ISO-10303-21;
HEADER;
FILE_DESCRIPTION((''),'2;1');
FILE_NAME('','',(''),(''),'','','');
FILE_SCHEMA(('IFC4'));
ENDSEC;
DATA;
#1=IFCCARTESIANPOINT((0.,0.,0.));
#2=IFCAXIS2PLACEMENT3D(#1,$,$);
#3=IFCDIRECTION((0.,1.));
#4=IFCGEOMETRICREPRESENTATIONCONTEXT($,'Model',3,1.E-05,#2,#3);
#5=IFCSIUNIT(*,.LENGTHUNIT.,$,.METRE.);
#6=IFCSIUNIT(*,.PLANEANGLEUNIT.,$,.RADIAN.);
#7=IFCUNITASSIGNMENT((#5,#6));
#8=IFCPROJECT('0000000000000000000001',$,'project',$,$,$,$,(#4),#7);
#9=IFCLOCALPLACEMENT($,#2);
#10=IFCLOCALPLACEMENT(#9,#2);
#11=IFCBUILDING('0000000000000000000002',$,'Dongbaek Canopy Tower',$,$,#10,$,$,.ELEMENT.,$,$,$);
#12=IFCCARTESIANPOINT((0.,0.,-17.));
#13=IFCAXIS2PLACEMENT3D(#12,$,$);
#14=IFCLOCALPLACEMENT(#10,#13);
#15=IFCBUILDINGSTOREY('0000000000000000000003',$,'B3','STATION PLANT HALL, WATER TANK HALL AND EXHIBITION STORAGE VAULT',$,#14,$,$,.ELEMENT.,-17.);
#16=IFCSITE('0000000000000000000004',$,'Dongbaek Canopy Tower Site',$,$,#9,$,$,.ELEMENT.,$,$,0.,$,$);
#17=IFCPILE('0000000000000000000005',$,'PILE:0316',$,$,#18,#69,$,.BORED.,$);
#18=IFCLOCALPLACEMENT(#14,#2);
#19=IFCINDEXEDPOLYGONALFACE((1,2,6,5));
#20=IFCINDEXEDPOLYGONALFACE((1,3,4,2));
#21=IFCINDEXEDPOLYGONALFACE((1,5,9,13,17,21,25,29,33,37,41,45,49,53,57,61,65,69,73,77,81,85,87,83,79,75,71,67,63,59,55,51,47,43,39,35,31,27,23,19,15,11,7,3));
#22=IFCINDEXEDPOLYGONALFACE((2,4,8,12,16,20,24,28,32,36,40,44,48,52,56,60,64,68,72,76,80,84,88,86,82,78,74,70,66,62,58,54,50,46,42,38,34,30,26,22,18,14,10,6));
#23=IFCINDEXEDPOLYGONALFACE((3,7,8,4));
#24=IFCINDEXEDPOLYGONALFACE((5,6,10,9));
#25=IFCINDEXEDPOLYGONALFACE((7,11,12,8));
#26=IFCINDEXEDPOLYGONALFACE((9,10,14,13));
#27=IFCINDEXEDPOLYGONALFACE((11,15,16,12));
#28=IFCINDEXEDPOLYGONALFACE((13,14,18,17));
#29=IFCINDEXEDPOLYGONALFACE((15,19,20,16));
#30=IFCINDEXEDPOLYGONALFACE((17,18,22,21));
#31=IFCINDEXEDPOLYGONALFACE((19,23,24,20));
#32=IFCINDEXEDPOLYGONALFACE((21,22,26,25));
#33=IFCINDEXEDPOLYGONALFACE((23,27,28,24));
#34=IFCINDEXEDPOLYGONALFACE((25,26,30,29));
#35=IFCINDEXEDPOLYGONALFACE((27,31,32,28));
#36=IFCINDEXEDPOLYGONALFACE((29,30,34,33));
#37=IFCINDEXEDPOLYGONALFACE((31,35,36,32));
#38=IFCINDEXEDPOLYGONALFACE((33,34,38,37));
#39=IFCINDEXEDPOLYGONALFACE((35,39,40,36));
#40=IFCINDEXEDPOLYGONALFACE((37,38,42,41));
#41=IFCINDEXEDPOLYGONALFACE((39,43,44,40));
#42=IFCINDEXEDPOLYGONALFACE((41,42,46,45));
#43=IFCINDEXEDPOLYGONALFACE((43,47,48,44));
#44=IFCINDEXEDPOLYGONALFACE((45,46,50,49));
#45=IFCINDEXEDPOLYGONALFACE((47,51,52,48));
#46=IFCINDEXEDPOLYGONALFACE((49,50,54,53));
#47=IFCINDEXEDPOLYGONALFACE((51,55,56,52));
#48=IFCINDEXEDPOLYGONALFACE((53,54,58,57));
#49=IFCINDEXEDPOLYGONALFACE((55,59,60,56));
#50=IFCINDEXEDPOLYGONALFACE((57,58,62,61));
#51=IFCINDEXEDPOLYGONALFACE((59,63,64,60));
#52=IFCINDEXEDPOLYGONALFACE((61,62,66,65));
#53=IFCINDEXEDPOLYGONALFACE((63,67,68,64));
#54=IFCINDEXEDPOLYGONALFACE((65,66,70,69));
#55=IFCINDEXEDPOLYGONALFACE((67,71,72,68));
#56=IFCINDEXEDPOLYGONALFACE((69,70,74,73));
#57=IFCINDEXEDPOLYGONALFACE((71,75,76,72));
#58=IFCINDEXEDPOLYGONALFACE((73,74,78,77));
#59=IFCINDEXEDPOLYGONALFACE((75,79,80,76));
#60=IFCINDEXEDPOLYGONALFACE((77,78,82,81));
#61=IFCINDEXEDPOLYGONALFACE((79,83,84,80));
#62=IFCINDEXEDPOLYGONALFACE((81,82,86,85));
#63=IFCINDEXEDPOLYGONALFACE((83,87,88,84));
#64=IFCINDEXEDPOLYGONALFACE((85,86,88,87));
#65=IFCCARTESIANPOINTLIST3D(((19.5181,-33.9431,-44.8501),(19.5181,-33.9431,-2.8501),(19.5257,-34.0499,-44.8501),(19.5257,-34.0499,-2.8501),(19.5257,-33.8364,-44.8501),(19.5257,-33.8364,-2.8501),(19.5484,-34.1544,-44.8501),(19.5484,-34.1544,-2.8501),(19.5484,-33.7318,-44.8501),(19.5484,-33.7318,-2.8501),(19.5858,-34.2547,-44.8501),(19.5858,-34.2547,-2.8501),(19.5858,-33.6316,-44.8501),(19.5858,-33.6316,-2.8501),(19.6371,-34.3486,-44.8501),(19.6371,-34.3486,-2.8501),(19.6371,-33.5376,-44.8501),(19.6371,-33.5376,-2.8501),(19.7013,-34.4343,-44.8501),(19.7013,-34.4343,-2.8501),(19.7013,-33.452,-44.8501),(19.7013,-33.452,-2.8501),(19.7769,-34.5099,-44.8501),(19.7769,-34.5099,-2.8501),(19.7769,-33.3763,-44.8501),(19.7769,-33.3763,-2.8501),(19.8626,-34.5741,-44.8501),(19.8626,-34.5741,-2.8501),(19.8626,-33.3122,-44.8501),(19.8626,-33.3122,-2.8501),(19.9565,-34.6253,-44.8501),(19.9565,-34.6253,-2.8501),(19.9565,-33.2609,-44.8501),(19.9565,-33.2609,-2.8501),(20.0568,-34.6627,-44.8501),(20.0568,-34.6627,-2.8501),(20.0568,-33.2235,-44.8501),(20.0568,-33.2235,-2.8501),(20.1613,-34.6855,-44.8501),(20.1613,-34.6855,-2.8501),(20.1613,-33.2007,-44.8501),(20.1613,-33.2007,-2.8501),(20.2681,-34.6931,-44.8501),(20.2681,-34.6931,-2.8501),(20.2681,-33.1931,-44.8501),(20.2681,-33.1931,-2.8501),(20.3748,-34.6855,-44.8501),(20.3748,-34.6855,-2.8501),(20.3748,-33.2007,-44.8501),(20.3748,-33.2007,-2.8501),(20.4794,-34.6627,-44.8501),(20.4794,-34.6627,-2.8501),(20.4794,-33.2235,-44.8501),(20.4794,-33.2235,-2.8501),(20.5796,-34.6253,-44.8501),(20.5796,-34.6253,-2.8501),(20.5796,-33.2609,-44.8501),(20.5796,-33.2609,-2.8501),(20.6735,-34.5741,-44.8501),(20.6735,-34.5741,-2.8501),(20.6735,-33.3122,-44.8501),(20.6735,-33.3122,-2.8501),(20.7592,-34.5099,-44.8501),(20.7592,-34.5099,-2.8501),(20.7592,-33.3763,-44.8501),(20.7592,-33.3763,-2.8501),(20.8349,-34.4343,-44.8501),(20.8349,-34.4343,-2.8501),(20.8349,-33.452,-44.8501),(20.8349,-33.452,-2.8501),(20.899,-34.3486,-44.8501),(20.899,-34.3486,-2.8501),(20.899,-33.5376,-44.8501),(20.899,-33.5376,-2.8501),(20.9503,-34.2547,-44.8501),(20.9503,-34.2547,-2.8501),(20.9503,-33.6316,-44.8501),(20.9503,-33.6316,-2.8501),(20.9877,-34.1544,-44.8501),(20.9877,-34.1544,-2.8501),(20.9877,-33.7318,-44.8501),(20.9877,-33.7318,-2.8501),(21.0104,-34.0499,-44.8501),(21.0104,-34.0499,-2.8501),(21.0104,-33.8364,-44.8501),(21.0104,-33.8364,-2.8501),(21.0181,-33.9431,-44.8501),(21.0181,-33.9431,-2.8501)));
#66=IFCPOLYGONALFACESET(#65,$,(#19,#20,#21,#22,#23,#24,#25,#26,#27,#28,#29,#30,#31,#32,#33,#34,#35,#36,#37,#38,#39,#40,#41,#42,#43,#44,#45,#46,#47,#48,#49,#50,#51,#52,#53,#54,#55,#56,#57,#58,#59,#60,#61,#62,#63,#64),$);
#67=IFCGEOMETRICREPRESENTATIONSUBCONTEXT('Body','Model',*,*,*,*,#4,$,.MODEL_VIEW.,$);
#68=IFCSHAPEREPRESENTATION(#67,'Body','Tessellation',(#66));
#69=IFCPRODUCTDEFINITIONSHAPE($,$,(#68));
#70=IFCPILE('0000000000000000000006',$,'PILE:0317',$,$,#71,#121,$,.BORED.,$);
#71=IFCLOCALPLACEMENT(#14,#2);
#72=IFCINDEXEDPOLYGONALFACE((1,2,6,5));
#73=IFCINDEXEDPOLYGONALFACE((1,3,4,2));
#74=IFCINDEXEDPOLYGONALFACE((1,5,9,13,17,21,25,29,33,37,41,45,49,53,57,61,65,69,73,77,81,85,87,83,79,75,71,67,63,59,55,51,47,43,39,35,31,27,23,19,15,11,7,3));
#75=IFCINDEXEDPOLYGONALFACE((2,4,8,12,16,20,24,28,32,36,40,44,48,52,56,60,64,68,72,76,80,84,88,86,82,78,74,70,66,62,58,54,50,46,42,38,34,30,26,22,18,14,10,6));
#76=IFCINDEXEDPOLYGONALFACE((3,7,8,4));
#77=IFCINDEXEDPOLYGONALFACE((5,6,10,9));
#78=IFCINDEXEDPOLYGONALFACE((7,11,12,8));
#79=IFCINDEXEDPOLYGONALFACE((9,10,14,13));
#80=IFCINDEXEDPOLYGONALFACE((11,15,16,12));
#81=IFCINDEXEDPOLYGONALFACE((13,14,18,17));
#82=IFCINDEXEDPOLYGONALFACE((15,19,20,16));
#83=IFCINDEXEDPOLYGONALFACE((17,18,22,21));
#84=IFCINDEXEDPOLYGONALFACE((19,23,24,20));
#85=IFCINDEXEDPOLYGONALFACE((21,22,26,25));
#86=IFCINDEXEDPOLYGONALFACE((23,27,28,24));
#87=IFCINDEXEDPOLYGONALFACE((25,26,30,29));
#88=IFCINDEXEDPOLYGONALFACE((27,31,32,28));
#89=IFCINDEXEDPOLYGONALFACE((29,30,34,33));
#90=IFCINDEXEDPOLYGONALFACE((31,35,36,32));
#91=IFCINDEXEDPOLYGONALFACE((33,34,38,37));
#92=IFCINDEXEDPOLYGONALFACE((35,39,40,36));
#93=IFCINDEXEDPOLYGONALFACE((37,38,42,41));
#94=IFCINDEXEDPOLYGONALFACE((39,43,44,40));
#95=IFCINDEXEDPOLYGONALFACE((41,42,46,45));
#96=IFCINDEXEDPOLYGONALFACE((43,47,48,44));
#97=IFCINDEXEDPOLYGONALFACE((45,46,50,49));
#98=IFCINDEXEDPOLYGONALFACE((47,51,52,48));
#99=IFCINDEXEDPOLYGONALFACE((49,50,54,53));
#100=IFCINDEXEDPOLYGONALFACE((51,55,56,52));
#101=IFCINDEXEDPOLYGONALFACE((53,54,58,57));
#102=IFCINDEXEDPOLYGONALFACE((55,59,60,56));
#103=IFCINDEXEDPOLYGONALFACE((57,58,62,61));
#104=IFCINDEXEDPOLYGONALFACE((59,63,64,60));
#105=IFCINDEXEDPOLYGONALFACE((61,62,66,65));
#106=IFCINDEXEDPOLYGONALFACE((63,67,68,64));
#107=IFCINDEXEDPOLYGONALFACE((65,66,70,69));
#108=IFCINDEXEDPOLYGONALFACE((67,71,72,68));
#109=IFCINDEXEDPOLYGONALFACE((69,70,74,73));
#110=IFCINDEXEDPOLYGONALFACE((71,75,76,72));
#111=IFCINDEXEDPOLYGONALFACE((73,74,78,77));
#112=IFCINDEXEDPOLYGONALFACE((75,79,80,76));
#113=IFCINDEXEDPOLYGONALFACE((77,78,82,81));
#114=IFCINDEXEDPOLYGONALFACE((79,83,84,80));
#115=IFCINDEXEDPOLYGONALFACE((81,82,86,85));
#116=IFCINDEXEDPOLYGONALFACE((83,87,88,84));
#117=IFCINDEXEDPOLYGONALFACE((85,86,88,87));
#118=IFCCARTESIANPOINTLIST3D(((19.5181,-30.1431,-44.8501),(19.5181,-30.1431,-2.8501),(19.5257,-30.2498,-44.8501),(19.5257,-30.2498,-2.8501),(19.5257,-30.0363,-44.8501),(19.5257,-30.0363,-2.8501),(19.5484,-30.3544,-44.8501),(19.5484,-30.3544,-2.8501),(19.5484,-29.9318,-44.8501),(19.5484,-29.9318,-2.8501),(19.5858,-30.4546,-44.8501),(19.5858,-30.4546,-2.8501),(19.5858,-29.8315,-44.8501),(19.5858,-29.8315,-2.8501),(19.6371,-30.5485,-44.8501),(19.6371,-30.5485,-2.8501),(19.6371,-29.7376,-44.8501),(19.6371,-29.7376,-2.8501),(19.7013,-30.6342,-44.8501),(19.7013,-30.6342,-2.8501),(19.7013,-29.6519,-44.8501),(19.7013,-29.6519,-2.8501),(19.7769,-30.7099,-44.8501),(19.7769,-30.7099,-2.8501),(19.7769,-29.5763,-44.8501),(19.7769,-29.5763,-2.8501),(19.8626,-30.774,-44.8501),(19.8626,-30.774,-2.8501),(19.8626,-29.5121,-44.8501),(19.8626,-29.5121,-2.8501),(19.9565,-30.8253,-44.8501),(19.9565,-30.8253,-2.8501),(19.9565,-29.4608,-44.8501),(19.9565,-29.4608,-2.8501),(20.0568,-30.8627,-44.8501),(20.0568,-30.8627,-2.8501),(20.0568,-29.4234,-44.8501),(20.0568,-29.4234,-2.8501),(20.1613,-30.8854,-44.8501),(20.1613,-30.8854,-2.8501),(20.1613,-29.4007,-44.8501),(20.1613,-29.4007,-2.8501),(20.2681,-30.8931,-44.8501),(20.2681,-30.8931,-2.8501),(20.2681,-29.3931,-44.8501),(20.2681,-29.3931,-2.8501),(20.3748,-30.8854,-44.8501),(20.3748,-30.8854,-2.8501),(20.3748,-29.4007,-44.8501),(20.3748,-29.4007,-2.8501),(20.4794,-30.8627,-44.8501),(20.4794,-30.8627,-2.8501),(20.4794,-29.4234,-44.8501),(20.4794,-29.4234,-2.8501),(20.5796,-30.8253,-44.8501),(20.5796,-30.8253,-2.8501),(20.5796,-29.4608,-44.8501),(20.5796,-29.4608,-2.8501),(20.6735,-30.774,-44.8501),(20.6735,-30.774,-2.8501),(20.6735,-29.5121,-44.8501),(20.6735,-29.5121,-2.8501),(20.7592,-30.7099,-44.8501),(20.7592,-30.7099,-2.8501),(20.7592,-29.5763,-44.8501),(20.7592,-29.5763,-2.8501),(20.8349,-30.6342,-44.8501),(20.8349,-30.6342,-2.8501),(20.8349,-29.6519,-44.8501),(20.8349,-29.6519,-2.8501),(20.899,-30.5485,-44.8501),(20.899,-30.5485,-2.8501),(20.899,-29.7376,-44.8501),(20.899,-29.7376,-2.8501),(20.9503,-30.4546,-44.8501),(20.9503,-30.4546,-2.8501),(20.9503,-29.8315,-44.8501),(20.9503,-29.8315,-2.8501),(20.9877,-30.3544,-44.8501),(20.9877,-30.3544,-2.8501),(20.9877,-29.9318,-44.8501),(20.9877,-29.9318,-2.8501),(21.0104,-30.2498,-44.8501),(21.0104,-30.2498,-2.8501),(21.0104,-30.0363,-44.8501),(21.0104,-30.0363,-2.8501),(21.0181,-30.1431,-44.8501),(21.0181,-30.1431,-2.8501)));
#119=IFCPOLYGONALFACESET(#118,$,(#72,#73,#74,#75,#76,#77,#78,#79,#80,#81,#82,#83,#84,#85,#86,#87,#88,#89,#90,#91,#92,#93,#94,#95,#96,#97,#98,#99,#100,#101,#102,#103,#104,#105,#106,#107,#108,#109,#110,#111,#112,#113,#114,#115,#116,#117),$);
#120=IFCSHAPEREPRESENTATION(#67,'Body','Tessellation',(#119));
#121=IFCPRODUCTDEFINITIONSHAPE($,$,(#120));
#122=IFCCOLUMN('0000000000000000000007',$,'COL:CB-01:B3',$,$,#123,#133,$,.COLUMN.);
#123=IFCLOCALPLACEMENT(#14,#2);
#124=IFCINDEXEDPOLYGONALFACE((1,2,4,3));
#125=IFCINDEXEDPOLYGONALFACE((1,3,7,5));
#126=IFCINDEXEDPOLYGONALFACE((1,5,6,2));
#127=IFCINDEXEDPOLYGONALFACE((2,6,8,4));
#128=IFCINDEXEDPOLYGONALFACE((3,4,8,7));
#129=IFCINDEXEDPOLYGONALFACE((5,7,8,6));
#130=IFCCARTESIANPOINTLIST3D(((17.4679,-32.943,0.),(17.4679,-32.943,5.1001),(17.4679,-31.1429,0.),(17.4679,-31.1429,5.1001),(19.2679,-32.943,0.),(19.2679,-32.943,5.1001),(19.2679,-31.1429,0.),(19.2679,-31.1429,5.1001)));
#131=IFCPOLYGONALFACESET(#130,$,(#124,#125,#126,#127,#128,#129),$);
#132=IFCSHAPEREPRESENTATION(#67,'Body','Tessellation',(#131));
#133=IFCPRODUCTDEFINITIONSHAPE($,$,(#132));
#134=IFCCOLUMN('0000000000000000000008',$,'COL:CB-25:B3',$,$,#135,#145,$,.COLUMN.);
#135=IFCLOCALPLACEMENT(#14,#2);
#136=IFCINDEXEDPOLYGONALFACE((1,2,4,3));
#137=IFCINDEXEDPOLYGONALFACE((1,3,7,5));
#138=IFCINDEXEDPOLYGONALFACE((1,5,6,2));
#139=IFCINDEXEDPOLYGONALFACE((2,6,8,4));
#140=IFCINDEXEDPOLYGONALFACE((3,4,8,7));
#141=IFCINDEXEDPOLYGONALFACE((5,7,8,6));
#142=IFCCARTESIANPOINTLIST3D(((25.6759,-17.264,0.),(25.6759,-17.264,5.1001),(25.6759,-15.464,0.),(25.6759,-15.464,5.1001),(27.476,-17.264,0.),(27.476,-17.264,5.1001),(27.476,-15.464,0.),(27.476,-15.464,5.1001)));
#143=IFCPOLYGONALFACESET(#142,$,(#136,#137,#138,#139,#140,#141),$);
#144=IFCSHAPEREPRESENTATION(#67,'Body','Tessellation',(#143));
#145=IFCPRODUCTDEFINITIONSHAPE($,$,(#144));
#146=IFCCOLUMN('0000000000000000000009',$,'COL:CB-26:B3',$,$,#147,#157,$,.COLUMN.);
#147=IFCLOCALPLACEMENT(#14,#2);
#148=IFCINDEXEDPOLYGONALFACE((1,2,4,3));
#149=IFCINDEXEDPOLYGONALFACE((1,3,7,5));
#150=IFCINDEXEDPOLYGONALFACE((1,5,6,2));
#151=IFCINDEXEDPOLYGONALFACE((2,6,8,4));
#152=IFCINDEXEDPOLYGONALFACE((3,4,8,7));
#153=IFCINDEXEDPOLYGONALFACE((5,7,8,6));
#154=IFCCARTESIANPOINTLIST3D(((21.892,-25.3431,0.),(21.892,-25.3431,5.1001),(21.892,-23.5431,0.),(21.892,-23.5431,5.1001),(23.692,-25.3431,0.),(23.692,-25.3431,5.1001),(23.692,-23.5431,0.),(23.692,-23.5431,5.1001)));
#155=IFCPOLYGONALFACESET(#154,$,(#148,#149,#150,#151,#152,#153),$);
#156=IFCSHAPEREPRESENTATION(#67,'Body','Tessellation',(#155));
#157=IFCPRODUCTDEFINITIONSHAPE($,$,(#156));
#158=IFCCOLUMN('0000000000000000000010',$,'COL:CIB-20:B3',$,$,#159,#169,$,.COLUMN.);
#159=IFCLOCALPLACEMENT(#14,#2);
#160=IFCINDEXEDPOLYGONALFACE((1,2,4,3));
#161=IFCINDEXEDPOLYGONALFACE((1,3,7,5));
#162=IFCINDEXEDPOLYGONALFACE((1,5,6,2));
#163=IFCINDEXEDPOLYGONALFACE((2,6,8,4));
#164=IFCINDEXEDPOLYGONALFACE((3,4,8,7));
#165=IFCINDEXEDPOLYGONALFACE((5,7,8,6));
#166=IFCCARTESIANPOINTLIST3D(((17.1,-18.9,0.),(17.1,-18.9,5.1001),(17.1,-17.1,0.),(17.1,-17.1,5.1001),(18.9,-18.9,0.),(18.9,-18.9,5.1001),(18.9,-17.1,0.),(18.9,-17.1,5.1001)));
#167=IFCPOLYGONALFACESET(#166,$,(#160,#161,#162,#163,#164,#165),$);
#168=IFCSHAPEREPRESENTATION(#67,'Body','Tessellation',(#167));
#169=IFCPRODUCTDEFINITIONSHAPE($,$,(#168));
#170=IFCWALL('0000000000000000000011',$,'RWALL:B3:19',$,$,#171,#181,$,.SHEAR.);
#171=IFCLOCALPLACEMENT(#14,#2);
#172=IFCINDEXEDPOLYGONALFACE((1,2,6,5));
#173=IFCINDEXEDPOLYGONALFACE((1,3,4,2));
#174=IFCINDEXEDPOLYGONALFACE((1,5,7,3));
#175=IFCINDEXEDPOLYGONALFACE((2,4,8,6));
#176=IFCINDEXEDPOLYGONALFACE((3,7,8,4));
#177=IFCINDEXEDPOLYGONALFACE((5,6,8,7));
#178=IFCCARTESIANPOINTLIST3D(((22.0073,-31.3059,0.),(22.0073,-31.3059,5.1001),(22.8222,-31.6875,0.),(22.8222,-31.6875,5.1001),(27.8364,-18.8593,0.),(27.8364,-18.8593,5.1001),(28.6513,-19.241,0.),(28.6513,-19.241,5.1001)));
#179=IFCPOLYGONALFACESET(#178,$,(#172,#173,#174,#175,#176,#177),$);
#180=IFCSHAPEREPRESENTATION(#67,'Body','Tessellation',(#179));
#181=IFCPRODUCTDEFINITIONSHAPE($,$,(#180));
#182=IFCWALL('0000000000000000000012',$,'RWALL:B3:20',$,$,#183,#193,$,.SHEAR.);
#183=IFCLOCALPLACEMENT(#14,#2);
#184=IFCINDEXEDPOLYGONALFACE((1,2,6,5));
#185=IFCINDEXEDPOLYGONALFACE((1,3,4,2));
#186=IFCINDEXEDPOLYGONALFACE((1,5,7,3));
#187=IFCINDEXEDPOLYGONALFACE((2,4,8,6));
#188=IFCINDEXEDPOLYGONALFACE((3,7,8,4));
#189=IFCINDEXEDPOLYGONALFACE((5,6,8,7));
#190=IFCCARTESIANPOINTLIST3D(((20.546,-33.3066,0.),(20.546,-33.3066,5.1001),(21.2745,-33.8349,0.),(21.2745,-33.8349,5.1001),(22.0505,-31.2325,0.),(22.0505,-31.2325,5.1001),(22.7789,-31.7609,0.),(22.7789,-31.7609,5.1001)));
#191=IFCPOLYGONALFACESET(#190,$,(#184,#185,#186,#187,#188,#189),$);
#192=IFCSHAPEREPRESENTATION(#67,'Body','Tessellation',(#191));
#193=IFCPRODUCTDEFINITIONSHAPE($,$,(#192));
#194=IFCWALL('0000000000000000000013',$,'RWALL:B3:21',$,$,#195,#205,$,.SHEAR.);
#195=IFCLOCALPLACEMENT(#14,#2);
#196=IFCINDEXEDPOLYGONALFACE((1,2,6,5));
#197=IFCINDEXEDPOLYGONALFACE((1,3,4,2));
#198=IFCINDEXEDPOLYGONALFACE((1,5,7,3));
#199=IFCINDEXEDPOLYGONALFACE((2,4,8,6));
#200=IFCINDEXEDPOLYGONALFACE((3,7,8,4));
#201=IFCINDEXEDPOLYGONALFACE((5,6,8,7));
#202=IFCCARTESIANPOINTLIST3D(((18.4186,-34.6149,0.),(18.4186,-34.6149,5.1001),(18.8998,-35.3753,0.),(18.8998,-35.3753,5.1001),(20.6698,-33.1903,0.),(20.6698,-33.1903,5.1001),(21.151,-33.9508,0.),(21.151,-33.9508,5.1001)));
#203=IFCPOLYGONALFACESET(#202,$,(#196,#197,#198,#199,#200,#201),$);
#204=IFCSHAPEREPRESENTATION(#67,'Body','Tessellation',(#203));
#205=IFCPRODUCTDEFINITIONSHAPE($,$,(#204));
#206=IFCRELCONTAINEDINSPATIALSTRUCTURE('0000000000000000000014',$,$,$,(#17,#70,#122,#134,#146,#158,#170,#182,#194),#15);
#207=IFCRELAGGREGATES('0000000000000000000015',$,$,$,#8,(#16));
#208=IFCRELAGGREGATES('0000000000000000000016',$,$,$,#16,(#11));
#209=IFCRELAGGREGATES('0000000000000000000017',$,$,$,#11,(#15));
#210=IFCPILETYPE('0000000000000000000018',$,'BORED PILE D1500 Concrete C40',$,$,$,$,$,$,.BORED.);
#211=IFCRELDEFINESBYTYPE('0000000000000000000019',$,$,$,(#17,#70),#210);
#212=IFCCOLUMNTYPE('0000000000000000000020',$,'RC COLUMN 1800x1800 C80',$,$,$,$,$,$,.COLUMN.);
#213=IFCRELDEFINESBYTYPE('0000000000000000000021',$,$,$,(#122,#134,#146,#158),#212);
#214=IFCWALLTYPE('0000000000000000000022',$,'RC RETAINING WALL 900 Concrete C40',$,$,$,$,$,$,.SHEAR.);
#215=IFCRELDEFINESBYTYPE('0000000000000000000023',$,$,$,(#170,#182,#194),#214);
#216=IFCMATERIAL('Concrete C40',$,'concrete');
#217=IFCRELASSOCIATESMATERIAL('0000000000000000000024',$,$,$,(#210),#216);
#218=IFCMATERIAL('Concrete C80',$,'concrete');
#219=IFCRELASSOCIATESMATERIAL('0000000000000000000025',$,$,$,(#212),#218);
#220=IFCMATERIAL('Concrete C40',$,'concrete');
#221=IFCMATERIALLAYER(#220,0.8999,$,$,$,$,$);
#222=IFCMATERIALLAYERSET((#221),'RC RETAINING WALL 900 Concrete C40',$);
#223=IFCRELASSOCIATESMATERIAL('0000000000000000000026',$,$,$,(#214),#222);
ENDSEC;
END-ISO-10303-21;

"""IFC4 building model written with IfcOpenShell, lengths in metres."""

from ifc_helpers import new_model, si_unit, direction, frame, frame_2d, origin, origin_2d, place, context, subcontext, project, spatial, rectangle, circle, extrude, material, layer, layer_set, material_profile, profile_set, type_object, element, save


model = new_model("IFC4")

# Units and contexts
model_context = context("Model", 3, precision=1e-05, world=origin(), true_north=direction((0.0, 1.0)))
body_context = subcontext(model_context, "Body", "Model", "MODEL_VIEW")
ifc_project = project(units=[si_unit("LENGTHUNIT", "METRE"), si_unit("PLANEANGLEUNIT", "RADIAN")], contexts=[model_context])

# Site, building, storey
site_placement = place(None, origin())
site = spatial("IfcSite", under=ifc_project, at=site_placement, Name="Dongbaek Canopy Tower Site", CompositionType="ELEMENT", RefElevation=0.0)
building_placement = place(site_placement, origin())
building = spatial("IfcBuilding", under=site, at=building_placement, Name="Dongbaek Canopy Tower", CompositionType="ELEMENT")
storey_placement = place(building_placement, frame((0.0, 0.0, -17.0)))
storey = spatial("IfcBuildingStorey", under=building, at=storey_placement, Name="B3", Description="STATION PLANT HALL, WATER TANK HALL AND EXHIBITION STORAGE VAULT", CompositionType="ELEMENT", Elevation=-17.0)

# Piles
ifc_material_1 = material(Name="Concrete C40", Category="concrete")
ifc_material_profile_1 = material_profile(ifc_material_1, circle(Radius=0.75, at=origin_2d()), Name="BORED PILE D1500 Concrete C40")
ifc_profile_set_1 = profile_set([ifc_material_profile_1], Name="Concrete C40")
pile_type = type_object("IfcPileType", Name="BORED PILE D1500 Concrete C40", PredefinedType="BORED", material=ifc_profile_set_1)
for number, where, z_axis, x_axis, name in (
    (1, (20.2681, -33.9431, -2.8501), (0.0, 0.0, -1.0), (1.0, 0.0, 0.0), "PILE:0316"),
    (2, (20.2681, -30.1431, -2.8501), (0.0, 0.0, -1.0), (1.0, 0.0, 0.0), "PILE:0317"),
):
    element("IfcPile", number, at=place(storey_placement, frame(where, z_axis=z_axis, x_axis=x_axis)), inside=storey, type_object=pile_type, Name=name, PredefinedType="BORED", context=body_context, shape_type="SweptSolid", body=[
        extrude(circle(Radius=0.75, at=origin_2d()), origin(), (0.0, 0.0, 1.0), 42.0),
    ])

# Columns
ifc_material_2 = material(Name="Concrete C80", Category="concrete")
ifc_material_profile_2 = material_profile(ifc_material_2, rectangle(XDim=1.8, YDim=1.8, at=origin_2d()), Name="RC COLUMN 1800x1800 C80")
ifc_profile_set_2 = profile_set([ifc_material_profile_2], Name="Concrete C80")
column_type = type_object("IfcColumnType", Name="RC COLUMN 1800x1800 C80", PredefinedType="COLUMN", material=ifc_profile_set_2)
for number, where, z_axis, x_axis, name in (
    (3, (18.3679, -32.043, 0.0), (0.0, 0.0, 1.0), (1.0, 0.0, 0.0), "COL:CB-01:B3"),
    (4, (26.5759, -16.364, 0.0), (0.0, 0.0, 1.0), (1.0, 0.0, 0.0), "COL:CB-25:B3"),
    (5, (22.792, -24.4431, 0.0), (0.0, 0.0, 1.0), (1.0, 0.0, 0.0), "COL:CB-26:B3"),
    (6, (18.0, -18.0, 0.0), (0.0, 0.0, 1.0), (1.0, 0.0, 0.0), "COL:CIB-20:B3"),
):
    element("IfcColumn", number, at=place(storey_placement, frame(where, z_axis=z_axis, x_axis=x_axis)), inside=storey, type_object=column_type, Name=name, PredefinedType="COLUMN", context=body_context, shape_type="SweptSolid", body=[
        extrude(rectangle(XDim=1.8, YDim=1.8, at=origin_2d()), origin(), (0.0, 0.0, 1.0), 5.1001),
    ])

# Walls
ifc_material_3 = material(Name="Concrete C40", Category="concrete")
ifc_layer = layer(ifc_material_3, 0.8999)
ifc_layer_set = layer_set([ifc_layer], Name="RC RETAINING WALL 900 Concrete C40")
wall_type = type_object("IfcWallType", Name="RC RETAINING WALL 900 Concrete C40", PredefinedType="SHEAR", material=ifc_layer_set)
wall_1_placement = place(storey_placement, frame((28.2439, -19.05, 0.0), z_axis=(0.0, 0.0, 1.0), x_axis=(-0.424123, -0.905605, 0.0)))
element("IfcWall", 7, at=wall_1_placement, inside=storey, type_object=wall_type, Name="RWALL:B3:19", PredefinedType="SHEAR", context=body_context, shape_type="SweptSolid", body=[
    extrude(rectangle(XDim=13.7439, YDim=0.8999, at=frame_2d((6.8721, 0.0))), origin(), (0.0, 0.0, 1.0), 5.1001),
])
wall_2_placement = place(storey_placement, frame((22.4148, -31.4966, 0.0), z_axis=(0.0, 0.0, 1.0), x_axis=(-0.587163, -0.809469, 0.0)))
element("IfcWall", 8, at=wall_2_placement, inside=storey, type_object=wall_type, Name="RWALL:B3:20", PredefinedType="SHEAR", context=body_context, shape_type="SweptSolid", body=[
    extrude(rectangle(XDim=2.5623, YDim=0.8999, at=frame_2d((1.2812, 0.0))), origin(), (0.0, 0.0, 1.0), 5.1001),
])
wall_3_placement = place(storey_placement, frame((20.9104, -33.5706, 0.0), z_axis=(0.0, 0.0, 1.0), x_axis=(-0.845025, -0.534727, 0.0)))
element("IfcWall", 9, at=wall_3_placement, inside=storey, type_object=wall_type, Name="RWALL:B3:21", PredefinedType="SHEAR", context=body_context, shape_type="SweptSolid", body=[
    extrude(rectangle(XDim=2.6641, YDim=0.8999, at=frame_2d((1.332, 0.0))), origin(), (0.0, 0.0, 1.0), 5.1001),
])

save(model, "model.ifc")
